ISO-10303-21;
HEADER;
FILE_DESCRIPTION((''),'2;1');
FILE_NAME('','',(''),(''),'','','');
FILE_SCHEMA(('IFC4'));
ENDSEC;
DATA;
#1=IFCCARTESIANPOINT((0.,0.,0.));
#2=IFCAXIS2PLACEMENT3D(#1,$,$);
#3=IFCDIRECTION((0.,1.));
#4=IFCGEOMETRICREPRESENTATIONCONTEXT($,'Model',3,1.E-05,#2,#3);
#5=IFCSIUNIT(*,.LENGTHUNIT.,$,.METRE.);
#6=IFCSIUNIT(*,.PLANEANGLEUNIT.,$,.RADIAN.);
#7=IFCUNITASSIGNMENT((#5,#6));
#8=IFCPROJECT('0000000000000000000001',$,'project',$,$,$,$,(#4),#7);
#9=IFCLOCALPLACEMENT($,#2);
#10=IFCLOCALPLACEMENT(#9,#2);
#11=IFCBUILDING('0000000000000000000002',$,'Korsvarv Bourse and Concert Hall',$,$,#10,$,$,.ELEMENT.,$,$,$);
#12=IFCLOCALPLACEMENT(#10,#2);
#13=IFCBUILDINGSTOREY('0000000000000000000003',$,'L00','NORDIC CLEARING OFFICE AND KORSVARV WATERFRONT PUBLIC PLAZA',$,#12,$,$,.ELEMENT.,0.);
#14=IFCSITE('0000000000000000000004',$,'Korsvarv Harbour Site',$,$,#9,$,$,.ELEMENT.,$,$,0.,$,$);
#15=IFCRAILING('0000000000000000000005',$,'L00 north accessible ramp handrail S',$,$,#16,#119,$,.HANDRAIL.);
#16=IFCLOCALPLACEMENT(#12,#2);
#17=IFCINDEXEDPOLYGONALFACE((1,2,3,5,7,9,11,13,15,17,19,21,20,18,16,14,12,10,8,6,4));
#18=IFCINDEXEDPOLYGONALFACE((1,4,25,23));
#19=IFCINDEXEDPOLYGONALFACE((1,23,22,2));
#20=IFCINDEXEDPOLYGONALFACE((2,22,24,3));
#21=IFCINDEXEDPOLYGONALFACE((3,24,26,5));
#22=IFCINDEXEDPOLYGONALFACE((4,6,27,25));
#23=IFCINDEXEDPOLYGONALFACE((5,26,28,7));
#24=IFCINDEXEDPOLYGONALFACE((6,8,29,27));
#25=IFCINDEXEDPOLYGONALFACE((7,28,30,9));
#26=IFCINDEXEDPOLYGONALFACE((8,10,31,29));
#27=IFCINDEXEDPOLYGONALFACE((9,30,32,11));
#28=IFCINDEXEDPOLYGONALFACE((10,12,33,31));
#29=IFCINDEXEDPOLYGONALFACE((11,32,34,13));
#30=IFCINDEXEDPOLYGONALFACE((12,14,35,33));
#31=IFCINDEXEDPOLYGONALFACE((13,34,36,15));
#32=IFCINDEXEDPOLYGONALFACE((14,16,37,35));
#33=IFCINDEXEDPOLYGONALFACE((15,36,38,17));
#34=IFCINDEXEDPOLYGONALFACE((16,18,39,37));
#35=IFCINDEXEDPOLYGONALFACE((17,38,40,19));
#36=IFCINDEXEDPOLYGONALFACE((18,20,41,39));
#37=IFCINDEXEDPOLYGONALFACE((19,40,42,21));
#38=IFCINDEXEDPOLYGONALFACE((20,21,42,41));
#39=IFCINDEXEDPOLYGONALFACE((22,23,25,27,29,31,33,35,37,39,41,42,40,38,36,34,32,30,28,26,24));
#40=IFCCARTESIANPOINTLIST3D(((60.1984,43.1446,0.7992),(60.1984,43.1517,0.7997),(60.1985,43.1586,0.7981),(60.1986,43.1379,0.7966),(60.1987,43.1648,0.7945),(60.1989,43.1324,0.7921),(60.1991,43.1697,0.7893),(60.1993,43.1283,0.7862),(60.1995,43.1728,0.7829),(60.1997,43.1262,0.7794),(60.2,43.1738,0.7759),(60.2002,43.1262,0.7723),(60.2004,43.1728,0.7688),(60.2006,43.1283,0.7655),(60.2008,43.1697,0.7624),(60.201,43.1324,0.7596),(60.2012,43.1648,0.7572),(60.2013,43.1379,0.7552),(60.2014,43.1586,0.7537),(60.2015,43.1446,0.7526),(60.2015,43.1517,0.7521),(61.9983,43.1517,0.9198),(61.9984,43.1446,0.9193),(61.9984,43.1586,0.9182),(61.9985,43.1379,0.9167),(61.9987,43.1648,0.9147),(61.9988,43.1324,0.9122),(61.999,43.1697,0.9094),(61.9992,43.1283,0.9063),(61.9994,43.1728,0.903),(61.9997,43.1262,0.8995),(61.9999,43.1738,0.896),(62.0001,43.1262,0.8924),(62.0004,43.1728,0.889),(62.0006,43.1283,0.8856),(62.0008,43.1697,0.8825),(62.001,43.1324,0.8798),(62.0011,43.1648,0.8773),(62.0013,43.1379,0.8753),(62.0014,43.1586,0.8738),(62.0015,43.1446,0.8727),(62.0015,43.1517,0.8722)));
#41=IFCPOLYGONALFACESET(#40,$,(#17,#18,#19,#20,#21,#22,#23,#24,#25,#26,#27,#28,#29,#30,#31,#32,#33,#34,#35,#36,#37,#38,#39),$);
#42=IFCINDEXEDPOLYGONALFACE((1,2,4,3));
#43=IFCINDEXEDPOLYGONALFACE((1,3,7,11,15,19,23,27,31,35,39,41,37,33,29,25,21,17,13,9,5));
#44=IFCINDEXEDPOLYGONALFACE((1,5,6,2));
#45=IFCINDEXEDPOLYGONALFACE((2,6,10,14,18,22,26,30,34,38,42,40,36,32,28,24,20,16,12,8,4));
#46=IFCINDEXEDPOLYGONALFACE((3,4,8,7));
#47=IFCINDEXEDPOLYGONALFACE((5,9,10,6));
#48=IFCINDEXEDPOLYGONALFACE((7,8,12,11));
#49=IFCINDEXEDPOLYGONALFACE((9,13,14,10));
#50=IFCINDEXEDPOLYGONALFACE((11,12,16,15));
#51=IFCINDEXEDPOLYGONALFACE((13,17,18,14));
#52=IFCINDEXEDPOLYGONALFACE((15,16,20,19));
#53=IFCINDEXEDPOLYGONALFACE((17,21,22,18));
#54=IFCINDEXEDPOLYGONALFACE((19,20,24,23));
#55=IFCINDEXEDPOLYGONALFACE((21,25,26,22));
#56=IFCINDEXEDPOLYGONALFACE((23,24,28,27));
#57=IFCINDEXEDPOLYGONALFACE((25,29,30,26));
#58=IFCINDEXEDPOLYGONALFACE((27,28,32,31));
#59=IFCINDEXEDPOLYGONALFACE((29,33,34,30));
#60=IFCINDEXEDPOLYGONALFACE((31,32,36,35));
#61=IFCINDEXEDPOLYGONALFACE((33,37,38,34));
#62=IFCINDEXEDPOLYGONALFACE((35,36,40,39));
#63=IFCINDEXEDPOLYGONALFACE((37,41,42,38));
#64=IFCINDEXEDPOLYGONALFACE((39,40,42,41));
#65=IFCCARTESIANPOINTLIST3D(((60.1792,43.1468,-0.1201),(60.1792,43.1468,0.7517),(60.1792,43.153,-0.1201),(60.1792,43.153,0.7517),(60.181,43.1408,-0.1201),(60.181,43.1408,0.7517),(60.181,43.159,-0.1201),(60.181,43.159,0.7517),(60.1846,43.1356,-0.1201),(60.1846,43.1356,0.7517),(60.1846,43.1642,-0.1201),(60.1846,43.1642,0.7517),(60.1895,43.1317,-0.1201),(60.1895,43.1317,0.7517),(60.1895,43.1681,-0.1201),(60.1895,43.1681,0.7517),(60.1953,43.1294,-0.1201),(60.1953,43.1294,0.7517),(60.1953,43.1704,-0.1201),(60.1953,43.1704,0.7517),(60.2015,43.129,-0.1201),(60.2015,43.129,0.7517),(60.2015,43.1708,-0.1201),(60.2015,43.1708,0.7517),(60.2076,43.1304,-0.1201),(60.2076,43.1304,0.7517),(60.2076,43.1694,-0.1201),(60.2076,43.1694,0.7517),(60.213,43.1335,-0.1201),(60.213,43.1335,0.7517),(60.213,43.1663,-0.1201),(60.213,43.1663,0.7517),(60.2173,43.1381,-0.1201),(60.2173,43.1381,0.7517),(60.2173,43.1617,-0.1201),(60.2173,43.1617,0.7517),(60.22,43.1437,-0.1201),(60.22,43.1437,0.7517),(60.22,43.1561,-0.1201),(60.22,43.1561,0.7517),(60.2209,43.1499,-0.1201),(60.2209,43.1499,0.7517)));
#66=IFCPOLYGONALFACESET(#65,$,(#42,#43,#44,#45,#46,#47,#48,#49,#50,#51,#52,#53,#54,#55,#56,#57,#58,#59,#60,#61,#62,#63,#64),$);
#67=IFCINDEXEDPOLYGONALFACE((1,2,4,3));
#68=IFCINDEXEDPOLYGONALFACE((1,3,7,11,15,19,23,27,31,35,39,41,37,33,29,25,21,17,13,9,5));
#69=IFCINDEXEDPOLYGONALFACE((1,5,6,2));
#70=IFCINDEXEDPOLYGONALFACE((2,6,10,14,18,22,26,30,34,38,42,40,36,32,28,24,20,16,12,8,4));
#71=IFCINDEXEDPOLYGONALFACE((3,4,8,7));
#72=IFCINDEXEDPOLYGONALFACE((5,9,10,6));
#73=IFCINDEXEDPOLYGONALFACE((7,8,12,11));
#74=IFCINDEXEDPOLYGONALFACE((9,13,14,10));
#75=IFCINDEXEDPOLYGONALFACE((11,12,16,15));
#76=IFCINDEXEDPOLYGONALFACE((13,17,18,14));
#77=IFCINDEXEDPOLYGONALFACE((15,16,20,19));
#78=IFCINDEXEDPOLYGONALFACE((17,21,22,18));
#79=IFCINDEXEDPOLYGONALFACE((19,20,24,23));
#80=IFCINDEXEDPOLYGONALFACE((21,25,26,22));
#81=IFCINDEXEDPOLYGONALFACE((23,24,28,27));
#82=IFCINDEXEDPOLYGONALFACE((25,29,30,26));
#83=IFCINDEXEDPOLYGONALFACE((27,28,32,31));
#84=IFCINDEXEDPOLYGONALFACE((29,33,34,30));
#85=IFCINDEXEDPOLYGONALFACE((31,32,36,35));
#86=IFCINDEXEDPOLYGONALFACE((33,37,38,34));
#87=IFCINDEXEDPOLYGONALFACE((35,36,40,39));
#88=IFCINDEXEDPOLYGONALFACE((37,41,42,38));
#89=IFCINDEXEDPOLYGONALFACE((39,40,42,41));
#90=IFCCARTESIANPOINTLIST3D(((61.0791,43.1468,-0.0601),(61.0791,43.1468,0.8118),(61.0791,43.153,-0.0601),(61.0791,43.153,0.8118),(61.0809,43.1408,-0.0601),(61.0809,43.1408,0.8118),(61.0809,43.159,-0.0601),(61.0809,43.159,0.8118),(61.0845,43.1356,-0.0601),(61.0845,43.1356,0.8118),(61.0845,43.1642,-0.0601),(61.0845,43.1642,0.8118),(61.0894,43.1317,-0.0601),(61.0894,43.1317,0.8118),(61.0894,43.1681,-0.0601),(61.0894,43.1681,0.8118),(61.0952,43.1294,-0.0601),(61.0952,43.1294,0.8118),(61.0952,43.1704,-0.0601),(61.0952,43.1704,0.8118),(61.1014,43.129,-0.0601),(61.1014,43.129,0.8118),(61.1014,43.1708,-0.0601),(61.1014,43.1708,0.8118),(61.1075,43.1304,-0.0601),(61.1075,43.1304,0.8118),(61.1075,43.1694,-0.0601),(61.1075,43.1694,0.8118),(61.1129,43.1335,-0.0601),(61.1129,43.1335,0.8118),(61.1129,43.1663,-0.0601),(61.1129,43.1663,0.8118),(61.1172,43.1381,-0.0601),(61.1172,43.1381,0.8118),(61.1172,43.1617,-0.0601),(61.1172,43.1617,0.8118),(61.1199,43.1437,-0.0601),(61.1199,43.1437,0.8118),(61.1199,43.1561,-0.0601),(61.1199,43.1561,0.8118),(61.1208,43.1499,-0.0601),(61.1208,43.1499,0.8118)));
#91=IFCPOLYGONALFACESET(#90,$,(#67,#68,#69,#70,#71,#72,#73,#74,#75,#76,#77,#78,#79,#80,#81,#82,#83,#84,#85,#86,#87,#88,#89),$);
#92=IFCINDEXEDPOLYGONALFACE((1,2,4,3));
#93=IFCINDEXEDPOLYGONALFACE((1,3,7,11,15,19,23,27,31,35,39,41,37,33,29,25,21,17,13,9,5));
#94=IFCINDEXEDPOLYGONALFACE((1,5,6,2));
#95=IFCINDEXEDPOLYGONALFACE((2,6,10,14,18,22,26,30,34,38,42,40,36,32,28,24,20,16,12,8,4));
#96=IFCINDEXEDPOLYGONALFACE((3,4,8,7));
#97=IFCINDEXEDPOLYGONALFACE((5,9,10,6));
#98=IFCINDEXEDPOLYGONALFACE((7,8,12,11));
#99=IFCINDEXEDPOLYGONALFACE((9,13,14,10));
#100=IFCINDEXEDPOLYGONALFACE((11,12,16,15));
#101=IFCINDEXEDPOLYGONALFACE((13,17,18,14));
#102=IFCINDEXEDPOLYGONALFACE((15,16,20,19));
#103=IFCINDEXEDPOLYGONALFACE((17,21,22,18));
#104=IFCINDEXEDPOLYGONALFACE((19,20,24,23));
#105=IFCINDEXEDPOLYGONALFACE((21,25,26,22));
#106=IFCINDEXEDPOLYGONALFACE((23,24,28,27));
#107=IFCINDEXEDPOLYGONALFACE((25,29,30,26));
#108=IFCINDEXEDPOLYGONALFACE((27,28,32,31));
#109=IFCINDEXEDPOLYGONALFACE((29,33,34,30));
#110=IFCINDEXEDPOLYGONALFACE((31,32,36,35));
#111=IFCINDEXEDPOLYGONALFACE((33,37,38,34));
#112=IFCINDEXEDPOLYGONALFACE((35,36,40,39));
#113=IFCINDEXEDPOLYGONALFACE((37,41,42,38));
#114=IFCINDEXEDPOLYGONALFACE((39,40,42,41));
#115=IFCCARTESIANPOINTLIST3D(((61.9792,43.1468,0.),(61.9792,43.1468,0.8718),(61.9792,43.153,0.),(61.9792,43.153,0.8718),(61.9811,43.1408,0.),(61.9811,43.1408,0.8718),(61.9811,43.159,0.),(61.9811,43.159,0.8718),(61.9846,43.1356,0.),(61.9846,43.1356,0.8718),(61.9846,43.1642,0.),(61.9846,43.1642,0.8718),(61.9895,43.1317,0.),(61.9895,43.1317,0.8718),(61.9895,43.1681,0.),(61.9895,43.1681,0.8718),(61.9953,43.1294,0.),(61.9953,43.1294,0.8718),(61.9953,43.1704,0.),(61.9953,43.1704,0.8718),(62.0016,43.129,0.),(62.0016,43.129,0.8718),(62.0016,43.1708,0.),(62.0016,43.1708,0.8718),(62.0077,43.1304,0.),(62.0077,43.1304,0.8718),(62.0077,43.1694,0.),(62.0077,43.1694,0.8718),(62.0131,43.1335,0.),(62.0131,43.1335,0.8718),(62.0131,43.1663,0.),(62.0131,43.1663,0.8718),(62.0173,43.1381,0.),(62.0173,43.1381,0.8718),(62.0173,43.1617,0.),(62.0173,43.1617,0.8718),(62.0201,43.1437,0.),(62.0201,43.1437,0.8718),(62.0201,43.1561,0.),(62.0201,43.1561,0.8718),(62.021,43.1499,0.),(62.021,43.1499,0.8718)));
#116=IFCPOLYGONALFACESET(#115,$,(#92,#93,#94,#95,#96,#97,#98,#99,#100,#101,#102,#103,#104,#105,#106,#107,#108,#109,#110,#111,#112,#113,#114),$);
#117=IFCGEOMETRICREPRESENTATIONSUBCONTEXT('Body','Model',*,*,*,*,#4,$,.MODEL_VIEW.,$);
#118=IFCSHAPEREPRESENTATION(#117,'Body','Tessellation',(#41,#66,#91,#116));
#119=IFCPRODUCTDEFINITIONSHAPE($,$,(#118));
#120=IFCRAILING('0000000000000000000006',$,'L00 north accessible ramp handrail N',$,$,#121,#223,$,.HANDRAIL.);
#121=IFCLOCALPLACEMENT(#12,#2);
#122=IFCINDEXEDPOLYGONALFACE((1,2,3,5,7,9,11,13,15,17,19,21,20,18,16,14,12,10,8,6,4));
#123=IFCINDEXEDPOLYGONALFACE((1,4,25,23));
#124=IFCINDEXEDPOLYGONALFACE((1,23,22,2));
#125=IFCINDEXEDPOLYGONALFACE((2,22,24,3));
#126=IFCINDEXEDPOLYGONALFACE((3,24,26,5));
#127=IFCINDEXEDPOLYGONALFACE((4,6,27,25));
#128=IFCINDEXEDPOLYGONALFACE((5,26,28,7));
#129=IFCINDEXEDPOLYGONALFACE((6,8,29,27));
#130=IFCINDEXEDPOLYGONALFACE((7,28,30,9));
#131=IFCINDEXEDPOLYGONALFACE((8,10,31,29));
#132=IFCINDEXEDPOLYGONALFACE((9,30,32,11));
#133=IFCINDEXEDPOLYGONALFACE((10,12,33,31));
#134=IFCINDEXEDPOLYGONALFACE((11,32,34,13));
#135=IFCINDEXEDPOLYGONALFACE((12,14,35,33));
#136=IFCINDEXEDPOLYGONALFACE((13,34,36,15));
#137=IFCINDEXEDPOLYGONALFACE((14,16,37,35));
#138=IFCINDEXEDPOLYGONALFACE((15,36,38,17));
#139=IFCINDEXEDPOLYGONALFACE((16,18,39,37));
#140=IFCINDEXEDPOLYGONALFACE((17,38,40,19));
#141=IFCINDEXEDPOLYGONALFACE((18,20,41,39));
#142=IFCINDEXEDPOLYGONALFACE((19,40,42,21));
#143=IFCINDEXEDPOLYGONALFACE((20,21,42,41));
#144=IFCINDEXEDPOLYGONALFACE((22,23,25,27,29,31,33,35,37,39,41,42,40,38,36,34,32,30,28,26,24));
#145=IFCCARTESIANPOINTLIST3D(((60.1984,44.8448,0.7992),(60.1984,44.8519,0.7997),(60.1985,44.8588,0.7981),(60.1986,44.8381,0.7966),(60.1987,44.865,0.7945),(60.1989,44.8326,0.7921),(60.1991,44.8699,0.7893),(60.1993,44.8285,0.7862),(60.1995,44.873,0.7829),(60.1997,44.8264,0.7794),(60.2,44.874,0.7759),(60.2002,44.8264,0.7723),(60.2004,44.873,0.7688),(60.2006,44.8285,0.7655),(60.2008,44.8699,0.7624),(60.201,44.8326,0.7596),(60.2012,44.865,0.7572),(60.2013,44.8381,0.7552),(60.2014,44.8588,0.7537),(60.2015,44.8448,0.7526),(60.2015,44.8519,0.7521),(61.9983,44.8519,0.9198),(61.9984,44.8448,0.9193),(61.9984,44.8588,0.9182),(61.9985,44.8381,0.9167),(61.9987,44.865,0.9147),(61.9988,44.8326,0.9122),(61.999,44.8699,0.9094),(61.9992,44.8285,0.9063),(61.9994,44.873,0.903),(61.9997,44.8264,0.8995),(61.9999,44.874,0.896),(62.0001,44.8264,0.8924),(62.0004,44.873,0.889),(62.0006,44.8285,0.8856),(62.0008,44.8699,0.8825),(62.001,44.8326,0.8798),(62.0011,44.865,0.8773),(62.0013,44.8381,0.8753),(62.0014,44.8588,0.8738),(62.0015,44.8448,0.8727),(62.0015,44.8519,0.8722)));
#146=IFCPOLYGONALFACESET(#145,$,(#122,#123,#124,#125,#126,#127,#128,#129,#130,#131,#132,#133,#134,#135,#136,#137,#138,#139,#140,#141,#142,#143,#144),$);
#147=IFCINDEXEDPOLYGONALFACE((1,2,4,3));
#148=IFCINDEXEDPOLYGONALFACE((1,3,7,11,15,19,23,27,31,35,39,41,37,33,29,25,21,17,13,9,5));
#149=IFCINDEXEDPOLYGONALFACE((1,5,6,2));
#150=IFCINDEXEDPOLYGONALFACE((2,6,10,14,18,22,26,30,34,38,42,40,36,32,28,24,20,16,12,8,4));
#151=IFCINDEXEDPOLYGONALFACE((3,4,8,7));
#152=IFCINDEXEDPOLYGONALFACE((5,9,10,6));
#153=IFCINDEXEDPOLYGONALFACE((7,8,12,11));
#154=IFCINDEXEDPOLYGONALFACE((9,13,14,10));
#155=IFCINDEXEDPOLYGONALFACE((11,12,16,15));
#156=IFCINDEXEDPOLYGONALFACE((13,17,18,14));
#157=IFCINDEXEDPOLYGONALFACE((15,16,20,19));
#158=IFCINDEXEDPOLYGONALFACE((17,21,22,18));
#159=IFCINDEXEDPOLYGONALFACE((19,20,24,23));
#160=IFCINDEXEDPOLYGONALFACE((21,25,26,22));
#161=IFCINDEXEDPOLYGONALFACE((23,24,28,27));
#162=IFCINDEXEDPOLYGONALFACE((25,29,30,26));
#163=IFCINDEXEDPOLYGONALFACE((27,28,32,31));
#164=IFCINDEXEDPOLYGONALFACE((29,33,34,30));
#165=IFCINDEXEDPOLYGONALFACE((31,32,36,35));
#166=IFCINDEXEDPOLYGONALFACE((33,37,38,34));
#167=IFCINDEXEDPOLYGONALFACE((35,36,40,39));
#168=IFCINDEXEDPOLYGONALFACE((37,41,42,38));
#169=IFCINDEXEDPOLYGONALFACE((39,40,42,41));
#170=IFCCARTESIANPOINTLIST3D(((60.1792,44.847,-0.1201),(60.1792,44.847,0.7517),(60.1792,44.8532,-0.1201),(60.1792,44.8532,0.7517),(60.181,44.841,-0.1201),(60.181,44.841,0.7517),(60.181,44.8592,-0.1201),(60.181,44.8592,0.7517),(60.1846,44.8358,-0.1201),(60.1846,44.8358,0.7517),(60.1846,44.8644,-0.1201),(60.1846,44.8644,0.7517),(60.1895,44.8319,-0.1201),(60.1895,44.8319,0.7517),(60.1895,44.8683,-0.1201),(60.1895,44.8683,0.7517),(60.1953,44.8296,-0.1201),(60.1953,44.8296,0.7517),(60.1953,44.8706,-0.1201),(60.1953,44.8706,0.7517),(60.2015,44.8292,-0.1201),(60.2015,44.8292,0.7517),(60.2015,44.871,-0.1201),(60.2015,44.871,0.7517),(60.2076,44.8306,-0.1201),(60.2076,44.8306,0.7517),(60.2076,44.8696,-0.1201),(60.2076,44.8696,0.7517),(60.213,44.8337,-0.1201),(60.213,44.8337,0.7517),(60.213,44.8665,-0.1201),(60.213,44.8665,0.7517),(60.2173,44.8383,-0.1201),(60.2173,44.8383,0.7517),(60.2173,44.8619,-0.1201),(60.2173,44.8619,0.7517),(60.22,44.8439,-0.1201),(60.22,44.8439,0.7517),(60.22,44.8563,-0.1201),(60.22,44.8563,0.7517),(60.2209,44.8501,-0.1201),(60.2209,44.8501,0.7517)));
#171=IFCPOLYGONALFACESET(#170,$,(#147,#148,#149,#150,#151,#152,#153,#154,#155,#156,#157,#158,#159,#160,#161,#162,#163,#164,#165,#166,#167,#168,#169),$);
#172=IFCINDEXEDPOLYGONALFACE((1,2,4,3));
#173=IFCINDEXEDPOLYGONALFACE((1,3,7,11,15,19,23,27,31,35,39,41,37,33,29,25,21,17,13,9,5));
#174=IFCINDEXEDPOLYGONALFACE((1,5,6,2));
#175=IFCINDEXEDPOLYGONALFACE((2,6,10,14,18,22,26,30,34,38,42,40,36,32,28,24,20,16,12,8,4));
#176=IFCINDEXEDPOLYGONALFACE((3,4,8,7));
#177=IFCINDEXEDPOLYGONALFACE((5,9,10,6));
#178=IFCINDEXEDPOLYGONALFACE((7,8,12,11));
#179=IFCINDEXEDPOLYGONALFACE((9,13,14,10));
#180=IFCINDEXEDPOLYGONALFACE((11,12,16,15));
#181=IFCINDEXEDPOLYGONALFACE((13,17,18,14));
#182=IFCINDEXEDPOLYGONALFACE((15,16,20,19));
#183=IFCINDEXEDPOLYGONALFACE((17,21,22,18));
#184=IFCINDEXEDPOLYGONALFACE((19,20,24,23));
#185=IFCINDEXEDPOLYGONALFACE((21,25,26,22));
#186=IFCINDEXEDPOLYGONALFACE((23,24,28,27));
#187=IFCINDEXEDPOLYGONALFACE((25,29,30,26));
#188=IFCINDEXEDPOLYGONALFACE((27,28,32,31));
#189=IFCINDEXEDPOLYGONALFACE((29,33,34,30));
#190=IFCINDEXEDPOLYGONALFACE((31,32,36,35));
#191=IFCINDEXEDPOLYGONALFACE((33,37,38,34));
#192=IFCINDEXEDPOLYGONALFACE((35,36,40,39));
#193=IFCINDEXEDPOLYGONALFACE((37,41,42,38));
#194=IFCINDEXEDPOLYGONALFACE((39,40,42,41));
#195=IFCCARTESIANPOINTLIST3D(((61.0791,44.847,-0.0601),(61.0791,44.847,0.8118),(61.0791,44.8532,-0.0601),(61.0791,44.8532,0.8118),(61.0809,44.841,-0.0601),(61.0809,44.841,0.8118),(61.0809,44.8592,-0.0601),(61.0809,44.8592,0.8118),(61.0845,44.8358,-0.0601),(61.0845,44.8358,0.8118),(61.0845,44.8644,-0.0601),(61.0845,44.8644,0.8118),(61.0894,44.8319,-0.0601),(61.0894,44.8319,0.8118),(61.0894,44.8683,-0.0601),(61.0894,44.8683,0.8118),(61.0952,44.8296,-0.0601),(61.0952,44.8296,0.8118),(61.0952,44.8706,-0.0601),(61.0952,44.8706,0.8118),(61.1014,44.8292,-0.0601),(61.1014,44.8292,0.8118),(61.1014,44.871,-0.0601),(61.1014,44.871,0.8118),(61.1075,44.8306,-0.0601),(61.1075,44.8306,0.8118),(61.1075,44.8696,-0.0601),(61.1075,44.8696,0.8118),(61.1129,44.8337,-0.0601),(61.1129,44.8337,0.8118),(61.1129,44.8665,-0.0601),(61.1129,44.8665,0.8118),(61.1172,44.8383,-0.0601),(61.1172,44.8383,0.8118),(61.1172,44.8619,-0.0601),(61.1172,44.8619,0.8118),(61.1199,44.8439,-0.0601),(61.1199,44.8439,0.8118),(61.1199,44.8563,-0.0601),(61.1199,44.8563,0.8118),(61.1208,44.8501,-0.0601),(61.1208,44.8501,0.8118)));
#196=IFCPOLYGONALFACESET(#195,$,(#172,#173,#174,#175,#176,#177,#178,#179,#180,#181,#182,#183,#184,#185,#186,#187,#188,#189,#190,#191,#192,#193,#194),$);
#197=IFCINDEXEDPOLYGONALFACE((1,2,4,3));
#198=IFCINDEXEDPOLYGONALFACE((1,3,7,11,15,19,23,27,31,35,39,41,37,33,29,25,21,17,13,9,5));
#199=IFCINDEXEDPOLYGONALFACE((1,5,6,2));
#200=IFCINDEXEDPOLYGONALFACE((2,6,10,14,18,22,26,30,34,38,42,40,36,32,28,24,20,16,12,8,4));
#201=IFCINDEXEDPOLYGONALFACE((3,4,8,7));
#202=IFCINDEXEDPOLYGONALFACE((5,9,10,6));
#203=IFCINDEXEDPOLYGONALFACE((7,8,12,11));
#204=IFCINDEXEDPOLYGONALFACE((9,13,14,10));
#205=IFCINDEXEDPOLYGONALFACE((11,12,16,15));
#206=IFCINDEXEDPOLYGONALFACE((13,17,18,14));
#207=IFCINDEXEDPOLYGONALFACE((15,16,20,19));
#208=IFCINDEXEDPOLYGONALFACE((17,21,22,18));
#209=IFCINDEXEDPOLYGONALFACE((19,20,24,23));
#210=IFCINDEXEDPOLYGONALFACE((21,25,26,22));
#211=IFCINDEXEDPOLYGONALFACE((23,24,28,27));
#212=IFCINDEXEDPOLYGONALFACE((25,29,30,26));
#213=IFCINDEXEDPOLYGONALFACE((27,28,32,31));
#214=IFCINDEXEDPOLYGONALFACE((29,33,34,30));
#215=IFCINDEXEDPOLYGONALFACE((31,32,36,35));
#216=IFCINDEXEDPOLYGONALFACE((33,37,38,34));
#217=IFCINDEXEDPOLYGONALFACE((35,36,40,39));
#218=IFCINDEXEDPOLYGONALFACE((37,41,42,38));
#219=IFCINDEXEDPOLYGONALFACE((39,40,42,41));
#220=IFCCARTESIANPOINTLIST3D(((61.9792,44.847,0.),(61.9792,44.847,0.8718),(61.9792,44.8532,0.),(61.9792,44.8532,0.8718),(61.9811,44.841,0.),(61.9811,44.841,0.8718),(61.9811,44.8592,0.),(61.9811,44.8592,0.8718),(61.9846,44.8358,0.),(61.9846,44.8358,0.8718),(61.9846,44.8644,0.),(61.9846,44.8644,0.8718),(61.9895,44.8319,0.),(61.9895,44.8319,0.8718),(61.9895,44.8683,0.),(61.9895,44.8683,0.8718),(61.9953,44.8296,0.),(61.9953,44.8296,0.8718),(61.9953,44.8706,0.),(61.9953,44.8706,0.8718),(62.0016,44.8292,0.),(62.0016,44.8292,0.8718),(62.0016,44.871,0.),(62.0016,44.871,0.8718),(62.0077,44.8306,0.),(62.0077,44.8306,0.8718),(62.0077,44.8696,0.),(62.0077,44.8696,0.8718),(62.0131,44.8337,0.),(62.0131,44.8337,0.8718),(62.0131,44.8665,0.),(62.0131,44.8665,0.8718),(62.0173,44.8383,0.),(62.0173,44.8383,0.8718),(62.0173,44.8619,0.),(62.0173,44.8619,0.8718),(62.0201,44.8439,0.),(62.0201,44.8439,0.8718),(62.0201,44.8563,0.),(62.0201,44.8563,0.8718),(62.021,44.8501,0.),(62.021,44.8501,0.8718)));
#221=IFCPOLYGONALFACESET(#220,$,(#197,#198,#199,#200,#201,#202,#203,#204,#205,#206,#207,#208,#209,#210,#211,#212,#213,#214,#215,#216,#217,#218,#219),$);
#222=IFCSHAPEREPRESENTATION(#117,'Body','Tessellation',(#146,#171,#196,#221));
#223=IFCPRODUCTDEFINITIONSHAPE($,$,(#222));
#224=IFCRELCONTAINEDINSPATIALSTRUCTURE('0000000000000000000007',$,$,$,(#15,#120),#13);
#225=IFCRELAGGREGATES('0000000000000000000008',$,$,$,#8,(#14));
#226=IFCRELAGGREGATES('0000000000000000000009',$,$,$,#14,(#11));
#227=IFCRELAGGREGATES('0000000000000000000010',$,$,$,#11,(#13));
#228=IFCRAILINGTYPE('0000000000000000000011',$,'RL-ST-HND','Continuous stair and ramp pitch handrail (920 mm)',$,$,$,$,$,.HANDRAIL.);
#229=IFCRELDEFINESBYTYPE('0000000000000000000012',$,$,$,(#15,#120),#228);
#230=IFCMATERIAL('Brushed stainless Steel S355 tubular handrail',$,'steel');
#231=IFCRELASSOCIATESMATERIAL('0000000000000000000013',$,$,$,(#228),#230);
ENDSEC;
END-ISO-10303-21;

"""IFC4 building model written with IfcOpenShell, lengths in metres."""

from ifc_helpers import new_model, si_unit, direction, frame, origin, origin_2d, place, context, subcontext, project, spatial, circle, extrude, material, type_object, element, save


model = new_model("IFC4")

# Units and contexts
model_context = context("Model", 3, precision=1e-05, world=origin(), true_north=direction((0.0, 1.0)))
body_context = subcontext(model_context, "Body", "Model", "MODEL_VIEW")
ifc_project = project(units=[si_unit("LENGTHUNIT", "METRE"), si_unit("PLANEANGLEUNIT", "RADIAN")], contexts=[model_context])

# Site, building, storey
site_placement = place(None, origin())
site = spatial("IfcSite", under=ifc_project, at=site_placement, Name="Korsvarv Harbour Site", CompositionType="ELEMENT", RefElevation=0.0)
building_placement = place(site_placement, origin())
building = spatial("IfcBuilding", under=site, at=building_placement, Name="Korsvarv Bourse and Concert Hall", CompositionType="ELEMENT")
storey_placement = place(building_placement, origin())
storey = spatial("IfcBuildingStorey", under=building, at=storey_placement, Name="L00", Description="NORDIC CLEARING OFFICE AND KORSVARV WATERFRONT PUBLIC PLAZA", CompositionType="ELEMENT", Elevation=0.0)

# Railings
ifc_material_1 = material(Name="Brushed stainless Steel S355 tubular handrail", Category="steel")
railing_type = type_object("IfcRailingType", Name="RL-ST-HND", Description="Continuous stair and ramp pitch handrail (920 mm)", PredefinedType="HANDRAIL", material=ifc_material_1)
for number, where, name in (
    (1, (60.2, 43.1499, -0.1201), "L00 north accessible ramp handrail S"),
    (2, (60.2, 44.8501, -0.1201), "L00 north accessible ramp handrail N"),
):
    element("IfcRailing", number, at=place(storey_placement, frame(where)), inside=storey, type_object=railing_type, Name=name, PredefinedType="HANDRAIL", context=body_context, shape_type="SweptSolid", body=[
        extrude(circle(Radius=0.0239, at=origin_2d()), frame((0.0, 0.0, 0.896), z_axis=(0.997781, 0.0, 0.066582), x_axis=(0.0, 1.0, 0.0)), (0.0, 0.0, 1.0), 1.804),
        extrude(circle(Radius=0.021, at=origin_2d()), origin(), (0.0, 0.0, 1.0), 0.8718),
        extrude(circle(Radius=0.021, at=origin_2d()), frame((0.8999, 0.0, 0.0601)), (0.0, 0.0, 1.0), 0.8718),
        extrude(circle(Radius=0.021, at=origin_2d()), frame((1.8, 0.0, 0.1201)), (0.0, 0.0, 1.0), 0.8718),
    ])

save(model, "model.ifc")
